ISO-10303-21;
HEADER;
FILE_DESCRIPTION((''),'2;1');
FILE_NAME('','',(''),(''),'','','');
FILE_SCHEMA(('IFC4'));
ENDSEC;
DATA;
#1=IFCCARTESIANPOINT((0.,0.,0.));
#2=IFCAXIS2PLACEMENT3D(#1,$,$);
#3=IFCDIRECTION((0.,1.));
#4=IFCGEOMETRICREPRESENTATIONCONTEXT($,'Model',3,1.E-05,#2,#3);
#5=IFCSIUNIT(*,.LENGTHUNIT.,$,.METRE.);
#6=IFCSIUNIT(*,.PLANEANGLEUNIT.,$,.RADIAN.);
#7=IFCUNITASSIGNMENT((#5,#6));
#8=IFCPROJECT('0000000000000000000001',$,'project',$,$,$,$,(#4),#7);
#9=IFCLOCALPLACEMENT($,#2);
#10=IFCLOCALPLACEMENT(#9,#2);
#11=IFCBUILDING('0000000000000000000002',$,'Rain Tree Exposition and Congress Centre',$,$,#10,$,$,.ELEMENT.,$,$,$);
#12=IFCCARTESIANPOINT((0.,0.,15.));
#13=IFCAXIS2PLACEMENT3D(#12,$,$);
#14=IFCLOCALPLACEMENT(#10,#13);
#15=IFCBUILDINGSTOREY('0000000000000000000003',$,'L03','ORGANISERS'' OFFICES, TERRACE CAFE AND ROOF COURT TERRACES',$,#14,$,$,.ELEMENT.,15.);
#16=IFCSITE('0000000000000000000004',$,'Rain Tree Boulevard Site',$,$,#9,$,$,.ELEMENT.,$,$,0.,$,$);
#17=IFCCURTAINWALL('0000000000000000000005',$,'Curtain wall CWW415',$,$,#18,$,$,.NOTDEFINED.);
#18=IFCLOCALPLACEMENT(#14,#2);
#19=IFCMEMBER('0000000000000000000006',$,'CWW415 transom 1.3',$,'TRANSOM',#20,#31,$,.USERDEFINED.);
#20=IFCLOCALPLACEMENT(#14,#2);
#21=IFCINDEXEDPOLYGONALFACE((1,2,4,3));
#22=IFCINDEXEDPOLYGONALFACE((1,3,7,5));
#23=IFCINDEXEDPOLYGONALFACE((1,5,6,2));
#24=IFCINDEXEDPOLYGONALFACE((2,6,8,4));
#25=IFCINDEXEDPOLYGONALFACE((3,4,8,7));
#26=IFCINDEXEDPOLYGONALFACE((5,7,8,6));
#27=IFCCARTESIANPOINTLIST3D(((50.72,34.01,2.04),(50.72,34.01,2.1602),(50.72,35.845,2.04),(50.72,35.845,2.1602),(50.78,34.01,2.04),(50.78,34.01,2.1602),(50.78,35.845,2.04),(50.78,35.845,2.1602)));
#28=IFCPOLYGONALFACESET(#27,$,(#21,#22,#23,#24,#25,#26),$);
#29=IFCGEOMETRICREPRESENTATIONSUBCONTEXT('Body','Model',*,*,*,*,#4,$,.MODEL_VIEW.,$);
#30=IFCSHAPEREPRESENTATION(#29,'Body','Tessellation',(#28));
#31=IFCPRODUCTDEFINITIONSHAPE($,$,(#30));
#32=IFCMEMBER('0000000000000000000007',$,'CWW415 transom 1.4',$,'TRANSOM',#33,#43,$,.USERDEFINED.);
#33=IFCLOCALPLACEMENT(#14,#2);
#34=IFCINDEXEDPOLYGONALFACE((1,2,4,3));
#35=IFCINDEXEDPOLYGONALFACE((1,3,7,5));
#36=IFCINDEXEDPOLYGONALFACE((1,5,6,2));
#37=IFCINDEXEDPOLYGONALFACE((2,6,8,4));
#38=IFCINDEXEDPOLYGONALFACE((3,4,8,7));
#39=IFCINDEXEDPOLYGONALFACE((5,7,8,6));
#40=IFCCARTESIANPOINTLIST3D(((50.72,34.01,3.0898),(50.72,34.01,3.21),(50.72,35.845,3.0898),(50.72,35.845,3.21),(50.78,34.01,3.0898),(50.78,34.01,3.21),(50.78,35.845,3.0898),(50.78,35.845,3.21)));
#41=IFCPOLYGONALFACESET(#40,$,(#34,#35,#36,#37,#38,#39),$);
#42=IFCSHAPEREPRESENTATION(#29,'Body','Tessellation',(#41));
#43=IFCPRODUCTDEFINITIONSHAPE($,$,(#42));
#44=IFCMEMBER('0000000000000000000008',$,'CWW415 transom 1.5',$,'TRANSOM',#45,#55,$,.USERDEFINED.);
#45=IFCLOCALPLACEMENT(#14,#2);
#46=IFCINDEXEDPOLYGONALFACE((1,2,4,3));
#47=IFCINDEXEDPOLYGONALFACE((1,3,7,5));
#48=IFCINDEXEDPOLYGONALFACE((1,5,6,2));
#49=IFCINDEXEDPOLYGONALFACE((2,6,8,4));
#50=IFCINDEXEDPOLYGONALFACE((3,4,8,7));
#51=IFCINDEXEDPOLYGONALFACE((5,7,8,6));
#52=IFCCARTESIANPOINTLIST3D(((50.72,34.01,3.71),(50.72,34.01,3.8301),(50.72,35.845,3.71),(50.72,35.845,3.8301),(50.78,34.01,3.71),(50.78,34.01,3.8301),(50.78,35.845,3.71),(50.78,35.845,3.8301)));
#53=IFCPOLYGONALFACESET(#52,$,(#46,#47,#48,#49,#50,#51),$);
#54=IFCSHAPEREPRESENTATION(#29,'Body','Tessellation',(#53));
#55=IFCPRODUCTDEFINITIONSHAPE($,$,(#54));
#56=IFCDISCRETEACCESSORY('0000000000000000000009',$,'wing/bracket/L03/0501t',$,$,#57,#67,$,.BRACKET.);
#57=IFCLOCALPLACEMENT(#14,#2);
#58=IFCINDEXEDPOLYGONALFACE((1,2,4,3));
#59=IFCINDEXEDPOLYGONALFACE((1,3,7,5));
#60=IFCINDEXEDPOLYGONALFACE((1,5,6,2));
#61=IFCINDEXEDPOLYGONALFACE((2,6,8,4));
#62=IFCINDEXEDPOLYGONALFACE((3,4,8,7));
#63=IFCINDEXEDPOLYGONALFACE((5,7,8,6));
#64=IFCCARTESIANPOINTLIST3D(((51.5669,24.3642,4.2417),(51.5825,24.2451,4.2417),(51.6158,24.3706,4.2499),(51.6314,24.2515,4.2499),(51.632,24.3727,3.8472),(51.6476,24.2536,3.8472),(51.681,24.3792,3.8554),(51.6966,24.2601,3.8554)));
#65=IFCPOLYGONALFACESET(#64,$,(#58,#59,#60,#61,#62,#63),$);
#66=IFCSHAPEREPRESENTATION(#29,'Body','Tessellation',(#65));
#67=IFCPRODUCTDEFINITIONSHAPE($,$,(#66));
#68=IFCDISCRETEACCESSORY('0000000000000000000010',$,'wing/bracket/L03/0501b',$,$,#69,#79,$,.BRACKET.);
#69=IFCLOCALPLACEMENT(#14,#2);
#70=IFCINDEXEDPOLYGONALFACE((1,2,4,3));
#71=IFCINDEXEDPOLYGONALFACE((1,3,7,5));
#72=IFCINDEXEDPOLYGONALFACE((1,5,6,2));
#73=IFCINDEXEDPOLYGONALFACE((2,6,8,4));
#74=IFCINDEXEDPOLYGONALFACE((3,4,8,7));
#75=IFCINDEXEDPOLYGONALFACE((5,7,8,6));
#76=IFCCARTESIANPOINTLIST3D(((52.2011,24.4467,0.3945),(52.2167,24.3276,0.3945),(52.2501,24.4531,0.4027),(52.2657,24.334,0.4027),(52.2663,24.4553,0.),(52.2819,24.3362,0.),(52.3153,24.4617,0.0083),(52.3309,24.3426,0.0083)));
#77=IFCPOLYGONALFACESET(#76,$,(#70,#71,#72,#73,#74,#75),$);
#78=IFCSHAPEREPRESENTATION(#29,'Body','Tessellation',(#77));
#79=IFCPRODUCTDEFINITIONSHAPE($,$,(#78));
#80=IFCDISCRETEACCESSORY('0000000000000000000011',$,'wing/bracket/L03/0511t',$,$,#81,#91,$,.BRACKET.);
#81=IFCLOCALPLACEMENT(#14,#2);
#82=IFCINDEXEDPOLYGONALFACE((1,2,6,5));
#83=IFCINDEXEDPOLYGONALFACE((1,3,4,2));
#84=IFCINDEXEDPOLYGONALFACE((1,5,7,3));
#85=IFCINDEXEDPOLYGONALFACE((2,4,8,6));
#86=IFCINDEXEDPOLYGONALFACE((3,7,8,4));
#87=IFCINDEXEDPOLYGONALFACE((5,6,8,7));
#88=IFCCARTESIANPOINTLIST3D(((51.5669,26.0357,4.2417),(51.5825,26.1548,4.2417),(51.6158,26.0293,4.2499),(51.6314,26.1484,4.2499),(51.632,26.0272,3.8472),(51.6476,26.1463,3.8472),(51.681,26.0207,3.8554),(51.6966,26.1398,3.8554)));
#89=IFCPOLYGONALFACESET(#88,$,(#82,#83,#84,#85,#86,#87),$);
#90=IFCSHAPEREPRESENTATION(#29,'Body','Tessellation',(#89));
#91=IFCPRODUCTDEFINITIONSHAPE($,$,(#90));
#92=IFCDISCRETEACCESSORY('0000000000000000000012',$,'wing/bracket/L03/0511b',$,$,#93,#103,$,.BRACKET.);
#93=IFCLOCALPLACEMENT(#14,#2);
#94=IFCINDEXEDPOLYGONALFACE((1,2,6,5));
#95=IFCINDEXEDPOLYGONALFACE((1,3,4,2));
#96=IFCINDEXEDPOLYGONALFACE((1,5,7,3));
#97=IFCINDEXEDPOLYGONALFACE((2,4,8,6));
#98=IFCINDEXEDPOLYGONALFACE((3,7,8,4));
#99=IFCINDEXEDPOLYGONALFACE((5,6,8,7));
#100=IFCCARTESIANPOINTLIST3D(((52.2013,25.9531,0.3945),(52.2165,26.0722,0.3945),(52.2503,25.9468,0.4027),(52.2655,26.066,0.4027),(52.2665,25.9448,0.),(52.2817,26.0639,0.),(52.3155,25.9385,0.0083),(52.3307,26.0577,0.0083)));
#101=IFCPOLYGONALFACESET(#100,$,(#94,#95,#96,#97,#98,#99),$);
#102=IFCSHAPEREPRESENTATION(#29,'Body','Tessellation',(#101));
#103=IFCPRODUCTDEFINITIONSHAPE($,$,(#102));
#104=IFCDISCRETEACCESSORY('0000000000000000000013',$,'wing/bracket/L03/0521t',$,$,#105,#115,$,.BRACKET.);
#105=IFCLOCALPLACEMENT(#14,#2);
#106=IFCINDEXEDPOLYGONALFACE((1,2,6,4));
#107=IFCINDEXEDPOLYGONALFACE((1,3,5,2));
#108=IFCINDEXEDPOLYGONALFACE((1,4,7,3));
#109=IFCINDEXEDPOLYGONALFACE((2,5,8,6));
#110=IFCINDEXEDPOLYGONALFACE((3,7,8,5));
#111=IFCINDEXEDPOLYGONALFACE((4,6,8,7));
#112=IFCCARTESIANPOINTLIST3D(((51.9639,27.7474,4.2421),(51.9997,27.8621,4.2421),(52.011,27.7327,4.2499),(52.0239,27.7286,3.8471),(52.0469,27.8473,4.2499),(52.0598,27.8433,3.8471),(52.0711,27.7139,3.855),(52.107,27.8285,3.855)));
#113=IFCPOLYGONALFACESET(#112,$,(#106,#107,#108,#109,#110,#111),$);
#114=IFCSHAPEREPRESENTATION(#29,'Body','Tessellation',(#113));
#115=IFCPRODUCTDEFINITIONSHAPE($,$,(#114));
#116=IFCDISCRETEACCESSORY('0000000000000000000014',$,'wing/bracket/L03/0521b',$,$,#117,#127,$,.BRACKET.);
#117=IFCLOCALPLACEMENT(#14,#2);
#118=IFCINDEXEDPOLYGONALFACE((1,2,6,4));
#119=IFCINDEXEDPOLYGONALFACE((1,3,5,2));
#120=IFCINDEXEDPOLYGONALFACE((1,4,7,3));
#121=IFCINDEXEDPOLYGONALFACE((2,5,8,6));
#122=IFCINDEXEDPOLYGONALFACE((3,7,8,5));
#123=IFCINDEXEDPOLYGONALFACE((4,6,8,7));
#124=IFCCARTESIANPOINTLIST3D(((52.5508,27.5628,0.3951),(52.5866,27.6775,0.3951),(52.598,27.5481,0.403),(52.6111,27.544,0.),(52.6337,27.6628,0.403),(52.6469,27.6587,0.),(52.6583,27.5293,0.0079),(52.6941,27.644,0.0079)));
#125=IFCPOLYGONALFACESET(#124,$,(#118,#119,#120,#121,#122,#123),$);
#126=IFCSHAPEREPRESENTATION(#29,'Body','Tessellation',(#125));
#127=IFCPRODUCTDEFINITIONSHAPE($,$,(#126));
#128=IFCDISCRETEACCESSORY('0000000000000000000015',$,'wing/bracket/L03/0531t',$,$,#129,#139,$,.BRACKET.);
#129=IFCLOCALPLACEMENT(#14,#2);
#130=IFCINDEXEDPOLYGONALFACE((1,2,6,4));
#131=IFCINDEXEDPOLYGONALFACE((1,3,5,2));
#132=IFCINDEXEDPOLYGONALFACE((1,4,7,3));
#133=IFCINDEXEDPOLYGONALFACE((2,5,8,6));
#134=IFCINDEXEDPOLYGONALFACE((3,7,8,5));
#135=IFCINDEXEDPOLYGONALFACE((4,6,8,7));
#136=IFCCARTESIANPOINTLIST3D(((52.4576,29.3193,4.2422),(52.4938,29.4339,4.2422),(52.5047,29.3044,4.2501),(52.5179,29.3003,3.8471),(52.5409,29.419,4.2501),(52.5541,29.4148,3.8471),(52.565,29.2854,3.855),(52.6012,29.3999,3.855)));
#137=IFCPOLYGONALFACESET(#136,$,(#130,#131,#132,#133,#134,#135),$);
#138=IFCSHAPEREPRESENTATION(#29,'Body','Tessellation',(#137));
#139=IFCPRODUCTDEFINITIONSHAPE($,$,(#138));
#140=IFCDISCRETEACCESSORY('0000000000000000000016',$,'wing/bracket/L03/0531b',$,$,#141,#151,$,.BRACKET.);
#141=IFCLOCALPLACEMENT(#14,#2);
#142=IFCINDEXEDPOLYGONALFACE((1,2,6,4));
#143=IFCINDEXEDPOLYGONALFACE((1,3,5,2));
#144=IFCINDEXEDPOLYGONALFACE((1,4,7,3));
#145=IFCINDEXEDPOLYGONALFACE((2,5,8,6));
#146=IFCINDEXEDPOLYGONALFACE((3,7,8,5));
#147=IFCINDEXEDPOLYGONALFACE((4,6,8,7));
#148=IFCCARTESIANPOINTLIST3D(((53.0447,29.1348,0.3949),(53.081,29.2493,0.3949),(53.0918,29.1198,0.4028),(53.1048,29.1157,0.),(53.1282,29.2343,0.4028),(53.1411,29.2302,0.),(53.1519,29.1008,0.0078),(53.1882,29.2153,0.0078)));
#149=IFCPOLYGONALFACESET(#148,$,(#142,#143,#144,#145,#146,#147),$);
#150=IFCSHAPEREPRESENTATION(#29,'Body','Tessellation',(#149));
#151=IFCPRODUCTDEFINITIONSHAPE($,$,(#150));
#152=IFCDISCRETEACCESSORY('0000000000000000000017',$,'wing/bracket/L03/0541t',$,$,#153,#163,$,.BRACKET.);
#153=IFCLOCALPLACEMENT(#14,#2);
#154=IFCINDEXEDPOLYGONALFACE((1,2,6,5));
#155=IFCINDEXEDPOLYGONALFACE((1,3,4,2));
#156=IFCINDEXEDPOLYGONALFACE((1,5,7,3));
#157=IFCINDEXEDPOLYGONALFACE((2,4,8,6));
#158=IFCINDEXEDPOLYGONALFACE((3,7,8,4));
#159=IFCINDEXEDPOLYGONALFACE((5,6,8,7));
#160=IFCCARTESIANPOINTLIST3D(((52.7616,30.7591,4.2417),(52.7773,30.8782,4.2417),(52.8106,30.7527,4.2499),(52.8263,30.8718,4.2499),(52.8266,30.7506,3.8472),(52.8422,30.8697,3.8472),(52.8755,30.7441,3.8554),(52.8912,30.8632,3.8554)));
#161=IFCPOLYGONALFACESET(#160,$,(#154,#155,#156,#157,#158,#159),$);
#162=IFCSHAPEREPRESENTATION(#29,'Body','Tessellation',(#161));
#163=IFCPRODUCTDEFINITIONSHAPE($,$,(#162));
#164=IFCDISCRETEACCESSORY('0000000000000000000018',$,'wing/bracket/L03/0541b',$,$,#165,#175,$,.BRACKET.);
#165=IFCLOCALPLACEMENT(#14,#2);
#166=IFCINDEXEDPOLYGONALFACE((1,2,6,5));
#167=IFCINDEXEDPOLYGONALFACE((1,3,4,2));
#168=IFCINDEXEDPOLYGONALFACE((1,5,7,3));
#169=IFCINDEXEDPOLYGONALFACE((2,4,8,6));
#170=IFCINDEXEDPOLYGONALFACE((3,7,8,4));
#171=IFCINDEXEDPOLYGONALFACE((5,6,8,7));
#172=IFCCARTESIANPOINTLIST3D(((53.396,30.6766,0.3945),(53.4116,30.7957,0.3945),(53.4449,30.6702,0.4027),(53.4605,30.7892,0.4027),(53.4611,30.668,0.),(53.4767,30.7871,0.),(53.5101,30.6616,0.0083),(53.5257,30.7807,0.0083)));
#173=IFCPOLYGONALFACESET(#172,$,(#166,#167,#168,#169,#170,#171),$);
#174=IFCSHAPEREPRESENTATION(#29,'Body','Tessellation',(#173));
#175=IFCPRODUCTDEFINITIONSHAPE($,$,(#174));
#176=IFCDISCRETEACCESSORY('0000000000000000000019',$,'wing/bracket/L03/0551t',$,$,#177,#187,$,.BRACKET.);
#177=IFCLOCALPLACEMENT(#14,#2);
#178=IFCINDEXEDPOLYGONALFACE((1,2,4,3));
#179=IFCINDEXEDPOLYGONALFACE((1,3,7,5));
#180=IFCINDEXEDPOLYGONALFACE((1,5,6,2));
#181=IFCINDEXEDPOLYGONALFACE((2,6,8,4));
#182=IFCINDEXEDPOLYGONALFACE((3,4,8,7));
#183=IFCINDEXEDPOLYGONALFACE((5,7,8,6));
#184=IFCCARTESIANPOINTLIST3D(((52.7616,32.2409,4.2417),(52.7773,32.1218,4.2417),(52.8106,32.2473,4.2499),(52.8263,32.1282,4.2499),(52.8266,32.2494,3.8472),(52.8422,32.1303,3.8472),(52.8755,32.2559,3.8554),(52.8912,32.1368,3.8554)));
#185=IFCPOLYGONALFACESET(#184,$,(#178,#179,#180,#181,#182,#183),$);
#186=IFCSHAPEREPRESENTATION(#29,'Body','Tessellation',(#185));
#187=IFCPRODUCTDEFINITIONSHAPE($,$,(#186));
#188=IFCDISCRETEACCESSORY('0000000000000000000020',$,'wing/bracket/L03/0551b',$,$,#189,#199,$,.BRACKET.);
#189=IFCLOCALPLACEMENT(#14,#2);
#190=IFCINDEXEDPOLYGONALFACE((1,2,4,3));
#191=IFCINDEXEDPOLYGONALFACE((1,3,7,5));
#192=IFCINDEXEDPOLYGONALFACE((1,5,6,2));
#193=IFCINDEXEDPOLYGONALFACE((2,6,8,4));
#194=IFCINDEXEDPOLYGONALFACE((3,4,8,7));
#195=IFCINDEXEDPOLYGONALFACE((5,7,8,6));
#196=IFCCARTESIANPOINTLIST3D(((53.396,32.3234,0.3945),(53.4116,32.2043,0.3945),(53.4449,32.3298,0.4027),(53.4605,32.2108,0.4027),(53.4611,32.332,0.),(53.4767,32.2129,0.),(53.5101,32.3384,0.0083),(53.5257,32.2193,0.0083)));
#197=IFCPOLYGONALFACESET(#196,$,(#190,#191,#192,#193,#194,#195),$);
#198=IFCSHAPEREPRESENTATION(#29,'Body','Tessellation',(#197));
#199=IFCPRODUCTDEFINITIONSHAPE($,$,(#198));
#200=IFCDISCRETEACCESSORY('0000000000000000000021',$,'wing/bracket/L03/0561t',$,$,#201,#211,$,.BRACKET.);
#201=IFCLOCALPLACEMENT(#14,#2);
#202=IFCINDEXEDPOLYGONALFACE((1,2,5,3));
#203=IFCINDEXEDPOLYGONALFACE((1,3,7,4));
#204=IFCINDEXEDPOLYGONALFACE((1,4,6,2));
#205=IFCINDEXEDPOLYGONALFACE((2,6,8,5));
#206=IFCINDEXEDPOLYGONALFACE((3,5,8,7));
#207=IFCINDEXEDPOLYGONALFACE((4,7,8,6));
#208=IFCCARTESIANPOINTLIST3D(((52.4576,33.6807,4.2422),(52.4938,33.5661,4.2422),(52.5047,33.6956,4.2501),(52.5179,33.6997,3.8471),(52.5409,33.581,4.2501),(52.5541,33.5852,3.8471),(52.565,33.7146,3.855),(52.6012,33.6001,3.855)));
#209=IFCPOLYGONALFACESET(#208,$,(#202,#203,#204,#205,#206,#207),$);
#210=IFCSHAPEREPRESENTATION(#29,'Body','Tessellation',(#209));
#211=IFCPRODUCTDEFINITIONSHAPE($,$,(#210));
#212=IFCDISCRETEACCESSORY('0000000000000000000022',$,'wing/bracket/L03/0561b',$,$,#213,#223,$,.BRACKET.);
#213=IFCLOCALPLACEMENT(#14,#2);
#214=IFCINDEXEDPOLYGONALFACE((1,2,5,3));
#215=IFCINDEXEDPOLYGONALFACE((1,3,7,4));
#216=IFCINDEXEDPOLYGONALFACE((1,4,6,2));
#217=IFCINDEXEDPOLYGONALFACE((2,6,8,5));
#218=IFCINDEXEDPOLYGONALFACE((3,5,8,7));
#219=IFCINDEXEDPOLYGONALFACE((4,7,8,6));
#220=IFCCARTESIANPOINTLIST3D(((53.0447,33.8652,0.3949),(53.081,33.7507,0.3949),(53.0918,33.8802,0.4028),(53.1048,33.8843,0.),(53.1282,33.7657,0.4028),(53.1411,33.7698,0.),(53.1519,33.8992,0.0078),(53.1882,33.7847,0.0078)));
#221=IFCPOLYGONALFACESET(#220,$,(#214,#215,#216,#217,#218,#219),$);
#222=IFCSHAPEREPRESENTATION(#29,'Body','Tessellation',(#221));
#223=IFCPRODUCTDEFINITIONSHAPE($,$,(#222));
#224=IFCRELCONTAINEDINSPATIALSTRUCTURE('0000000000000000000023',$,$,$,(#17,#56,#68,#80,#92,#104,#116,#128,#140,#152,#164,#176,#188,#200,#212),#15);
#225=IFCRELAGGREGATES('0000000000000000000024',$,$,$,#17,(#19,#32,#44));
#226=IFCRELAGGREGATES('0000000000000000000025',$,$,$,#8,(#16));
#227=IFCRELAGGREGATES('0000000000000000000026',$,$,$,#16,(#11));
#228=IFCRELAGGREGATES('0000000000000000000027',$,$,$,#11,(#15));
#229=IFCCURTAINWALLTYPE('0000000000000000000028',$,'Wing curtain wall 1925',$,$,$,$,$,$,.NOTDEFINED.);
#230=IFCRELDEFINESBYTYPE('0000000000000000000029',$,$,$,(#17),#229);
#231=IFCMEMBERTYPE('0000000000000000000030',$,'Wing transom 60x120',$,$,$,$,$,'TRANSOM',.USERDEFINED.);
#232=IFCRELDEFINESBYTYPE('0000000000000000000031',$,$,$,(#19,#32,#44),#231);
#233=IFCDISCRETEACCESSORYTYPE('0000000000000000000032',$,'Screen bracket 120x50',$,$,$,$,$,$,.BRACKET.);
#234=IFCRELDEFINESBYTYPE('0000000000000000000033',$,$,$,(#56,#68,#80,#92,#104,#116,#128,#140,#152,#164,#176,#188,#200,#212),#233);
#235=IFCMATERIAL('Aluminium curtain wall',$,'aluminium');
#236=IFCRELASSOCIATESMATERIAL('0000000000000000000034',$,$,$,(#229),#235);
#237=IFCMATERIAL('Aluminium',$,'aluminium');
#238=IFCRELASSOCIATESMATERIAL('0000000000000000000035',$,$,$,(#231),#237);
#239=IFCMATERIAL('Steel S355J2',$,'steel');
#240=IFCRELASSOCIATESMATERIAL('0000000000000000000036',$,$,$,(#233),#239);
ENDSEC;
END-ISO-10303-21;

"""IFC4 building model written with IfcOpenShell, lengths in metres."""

from ifc_helpers import new_model, si_unit, direction, frame, origin, origin_2d, place, context, subcontext, project, spatial, rectangle, extrude, material, material_profile, profile_set, type_object, element, aggregate, save


model = new_model("IFC4")

# Units and contexts
model_context = context("Model", 3, precision=1e-05, world=origin(), true_north=direction((0.0, 1.0)))
body_context = subcontext(model_context, "Body", "Model", "MODEL_VIEW")
ifc_project = project(units=[si_unit("LENGTHUNIT", "METRE"), si_unit("PLANEANGLEUNIT", "RADIAN")], contexts=[model_context])

# Site, building, storey
site_placement = place(None, origin())
site = spatial("IfcSite", under=ifc_project, at=site_placement, Name="Rain Tree Boulevard Site", CompositionType="ELEMENT", RefElevation=0.0)
building_placement = place(site_placement, origin())
building = spatial("IfcBuilding", under=site, at=building_placement, Name="Rain Tree Exposition and Congress Centre", CompositionType="ELEMENT")
storey_placement = place(building_placement, frame((0.0, 0.0, 15.0)))
storey = spatial("IfcBuildingStorey", under=building, at=storey_placement, Name="L03", Description="ORGANISERS' OFFICES, TERRACE CAFE AND ROOF COURT TERRACES", CompositionType="ELEMENT", Elevation=15.0)

# Curtain wall, members
ifc_material_1 = material(Name="Aluminium curtain wall", Category="aluminium")
curtain_wall_type = type_object("IfcCurtainWallType", Name="Wing curtain wall 1925", PredefinedType="NOTDEFINED", material=ifc_material_1)
curtain_wall_placement = place(storey_placement, origin())
curtain_wall = element("IfcCurtainWall", 1, at=curtain_wall_placement, inside=storey, type_object=curtain_wall_type, Name="Curtain wall CWW415", PredefinedType="NOTDEFINED")
ifc_material_2 = material(Name="Aluminium", Category="aluminium")
ifc_material_profile_1 = material_profile(ifc_material_2, rectangle(XDim=0.0601, YDim=0.1201, at=origin_2d()), Name="Aluminium 60x120")
ifc_profile_set_1 = profile_set([ifc_material_profile_1], Name="Aluminium")
member_type = type_object("IfcMemberType", Name="Wing transom 60x120", ElementType="TRANSOM", PredefinedType="USERDEFINED", material=ifc_profile_set_1)
member_1_placement = place(storey_placement, frame((50.75, 34.01, 2.1001), z_axis=(0.0, 1.0, 0.0), x_axis=(-1.0, 0.0, 0.0)))
member_1 = element("IfcMember", 2, at=member_1_placement, type_object=member_type, Name="CWW415 transom 1.3", ObjectType="TRANSOM", PredefinedType="USERDEFINED", context=body_context, shape_type="SweptSolid", body=[
    extrude(rectangle(XDim=0.0601, YDim=0.1201, at=origin_2d()), origin(), (0.0, 0.0, 1.0), 1.835),
])
member_2_placement = place(storey_placement, frame((50.75, 34.01, 3.1499), z_axis=(0.0, 1.0, 0.0), x_axis=(-1.0, 0.0, 0.0)))
member_2 = element("IfcMember", 3, at=member_2_placement, type_object=member_type, Name="CWW415 transom 1.4", ObjectType="TRANSOM", PredefinedType="USERDEFINED", context=body_context, shape_type="SweptSolid", body=[
    extrude(rectangle(XDim=0.0601, YDim=0.1201, at=origin_2d()), origin(), (0.0, 0.0, 1.0), 1.835),
])
member_3_placement = place(storey_placement, frame((50.75, 34.01, 3.77), z_axis=(0.0, 1.0, 0.0), x_axis=(-1.0, 0.0, 0.0)))
member_3 = element("IfcMember", 4, at=member_3_placement, type_object=member_type, Name="CWW415 transom 1.5", ObjectType="TRANSOM", PredefinedType="USERDEFINED", context=body_context, shape_type="SweptSolid", body=[
    extrude(rectangle(XDim=0.0601, YDim=0.1201, at=origin_2d()), origin(), (0.0, 0.0, 1.0), 1.835),
])
aggregate(curtain_wall, [member_1, member_2, member_3])

# Discrete accessories
ifc_material_3 = material(Name="Steel S355J2", Category="steel")
ifc_material_profile_2 = material_profile(ifc_material_3, rectangle(XDim=0.1201, YDim=0.05, at=origin_2d()), Name="Flat bar 120x50")
ifc_profile_set_2 = profile_set([ifc_material_profile_2], Name="Steel S355J2")
discrete_accessory_type = type_object("IfcDiscreteAccessoryType", Name="Screen bracket 120x50", PredefinedType="BRACKET", material=ifc_profile_set_2)
for number, where, z_axis, x_axis, name in (
    (5, (51.6643, 24.3164, 3.8513), (-0.162976, -0.021364, 0.986399), (0.129974, -0.991517, 0.0), "wing/bracket/L03/0501t"),
    (6, (52.2986, 24.3989, 0.0042), (-0.162976, -0.021364, 0.986399), (0.129974, -0.991517, 0.0), "wing/bracket/L03/0501b"),
    (7, (51.6643, 26.0835, 3.8513), (-0.162976, 0.021364, 0.986399), (-0.129974, -0.991517, 0.0), "wing/bracket/L03/0511t"),
    (8, (52.2986, 26.0012, 0.0042), (-0.162978, 0.020754, 0.986411), (-0.126321, -0.991989, 0.0), "wing/bracket/L03/0511b"),
    (9, (52.0654, 27.7786, 3.8511), (-0.150146, 0.046997, 0.987546), (-0.298717, -0.954342, 0.0), "wing/bracket/L03/0521t"),
):
    element("IfcDiscreteAccessory", number, at=place(storey_placement, frame(where, z_axis=z_axis, x_axis=x_axis)), inside=storey, type_object=discrete_accessory_type, Name=name, PredefinedType="BRACKET", context=body_context, shape_type="SweptSolid", body=[
        extrude(rectangle(XDim=0.1201, YDim=0.05, at=origin_2d()), origin(), (0.0, 0.0, 1.0), 0.3999),
    ])
for number, where, z_axis, x_axis, name in (
    (10, (52.6526, 27.594, 0.0039), (-0.150743, 0.046993, 0.987456), (-0.297615, -0.954686, 0.0), "wing/bracket/L03/0521b"),
    (11, (52.5596, 29.3501, 3.8511), (-0.150738, 0.047602, 0.987427), (-0.301131, -0.953583, 0.0), "wing/bracket/L03/0531t"),
):
    element("IfcDiscreteAccessory", number, at=place(storey_placement, frame(where, z_axis=z_axis, x_axis=x_axis)), inside=storey, type_object=discrete_accessory_type, Name=name, PredefinedType="BRACKET", context=body_context, shape_type="SweptSolid", body=[
        extrude(rectangle(XDim=0.1201, YDim=0.05, at=origin_2d()), origin(), (0.0, 0.0, 1.0), 0.4001),
    ])
for number, where, z_axis, x_axis, name in (
    (12, (53.1465, 29.1655, 0.0039), (-0.150142, 0.047606, 0.987518), (-0.302244, -0.953231, 0.0), "wing/bracket/L03/0531b"),
    (13, (52.8589, 30.8069, 3.8513), (-0.162381, 0.021366, 0.986497), (-0.130455, -0.991454, 0.0), "wing/bracket/L03/0541t"),
    (14, (53.4934, 30.7244, 0.0042), (-0.162976, 0.021364, 0.986399), (-0.129974, -0.991517, 0.0), "wing/bracket/L03/0541b"),
    (15, (52.8589, 32.1931, 3.8513), (-0.162381, -0.021366, 0.986497), (0.130455, -0.991454, 0.0), "wing/bracket/L03/0551t"),
    (16, (53.4934, 32.2756, 0.0042), (-0.162976, -0.021364, 0.986399), (0.129974, -0.991517, 0.0), "wing/bracket/L03/0551b"),
):
    element("IfcDiscreteAccessory", number, at=place(storey_placement, frame(where, z_axis=z_axis, x_axis=x_axis)), inside=storey, type_object=discrete_accessory_type, Name=name, PredefinedType="BRACKET", context=body_context, shape_type="SweptSolid", body=[
        extrude(rectangle(XDim=0.1201, YDim=0.05, at=origin_2d()), origin(), (0.0, 0.0, 1.0), 0.3999),
    ])
discrete_accessory_1_placement = place(storey_placement, frame((52.5596, 33.6499, 3.8511), z_axis=(-0.150738, -0.047602, 0.987427), x_axis=(0.301131, -0.953583, 0.0)))
element("IfcDiscreteAccessory", 17, at=discrete_accessory_1_placement, inside=storey, type_object=discrete_accessory_type, Name="wing/bracket/L03/0561t", PredefinedType="BRACKET", context=body_context, shape_type="SweptSolid", body=[
    extrude(rectangle(XDim=0.1201, YDim=0.05, at=origin_2d()), origin(), (0.0, 0.0, 1.0), 0.4001),
])
discrete_accessory_2_placement = place(storey_placement, frame((53.1465, 33.8345, 0.0039), z_axis=(-0.150142, -0.047606, 0.987518), x_axis=(0.302244, -0.953231, 0.0)))
element("IfcDiscreteAccessory", 18, at=discrete_accessory_2_placement, inside=storey, type_object=discrete_accessory_type, Name="wing/bracket/L03/0561b", PredefinedType="BRACKET", context=body_context, shape_type="SweptSolid", body=[
    extrude(rectangle(XDim=0.1201, YDim=0.05, at=origin_2d()), origin(), (0.0, 0.0, 1.0), 0.3999),
])

save(model, "model.ifc")
